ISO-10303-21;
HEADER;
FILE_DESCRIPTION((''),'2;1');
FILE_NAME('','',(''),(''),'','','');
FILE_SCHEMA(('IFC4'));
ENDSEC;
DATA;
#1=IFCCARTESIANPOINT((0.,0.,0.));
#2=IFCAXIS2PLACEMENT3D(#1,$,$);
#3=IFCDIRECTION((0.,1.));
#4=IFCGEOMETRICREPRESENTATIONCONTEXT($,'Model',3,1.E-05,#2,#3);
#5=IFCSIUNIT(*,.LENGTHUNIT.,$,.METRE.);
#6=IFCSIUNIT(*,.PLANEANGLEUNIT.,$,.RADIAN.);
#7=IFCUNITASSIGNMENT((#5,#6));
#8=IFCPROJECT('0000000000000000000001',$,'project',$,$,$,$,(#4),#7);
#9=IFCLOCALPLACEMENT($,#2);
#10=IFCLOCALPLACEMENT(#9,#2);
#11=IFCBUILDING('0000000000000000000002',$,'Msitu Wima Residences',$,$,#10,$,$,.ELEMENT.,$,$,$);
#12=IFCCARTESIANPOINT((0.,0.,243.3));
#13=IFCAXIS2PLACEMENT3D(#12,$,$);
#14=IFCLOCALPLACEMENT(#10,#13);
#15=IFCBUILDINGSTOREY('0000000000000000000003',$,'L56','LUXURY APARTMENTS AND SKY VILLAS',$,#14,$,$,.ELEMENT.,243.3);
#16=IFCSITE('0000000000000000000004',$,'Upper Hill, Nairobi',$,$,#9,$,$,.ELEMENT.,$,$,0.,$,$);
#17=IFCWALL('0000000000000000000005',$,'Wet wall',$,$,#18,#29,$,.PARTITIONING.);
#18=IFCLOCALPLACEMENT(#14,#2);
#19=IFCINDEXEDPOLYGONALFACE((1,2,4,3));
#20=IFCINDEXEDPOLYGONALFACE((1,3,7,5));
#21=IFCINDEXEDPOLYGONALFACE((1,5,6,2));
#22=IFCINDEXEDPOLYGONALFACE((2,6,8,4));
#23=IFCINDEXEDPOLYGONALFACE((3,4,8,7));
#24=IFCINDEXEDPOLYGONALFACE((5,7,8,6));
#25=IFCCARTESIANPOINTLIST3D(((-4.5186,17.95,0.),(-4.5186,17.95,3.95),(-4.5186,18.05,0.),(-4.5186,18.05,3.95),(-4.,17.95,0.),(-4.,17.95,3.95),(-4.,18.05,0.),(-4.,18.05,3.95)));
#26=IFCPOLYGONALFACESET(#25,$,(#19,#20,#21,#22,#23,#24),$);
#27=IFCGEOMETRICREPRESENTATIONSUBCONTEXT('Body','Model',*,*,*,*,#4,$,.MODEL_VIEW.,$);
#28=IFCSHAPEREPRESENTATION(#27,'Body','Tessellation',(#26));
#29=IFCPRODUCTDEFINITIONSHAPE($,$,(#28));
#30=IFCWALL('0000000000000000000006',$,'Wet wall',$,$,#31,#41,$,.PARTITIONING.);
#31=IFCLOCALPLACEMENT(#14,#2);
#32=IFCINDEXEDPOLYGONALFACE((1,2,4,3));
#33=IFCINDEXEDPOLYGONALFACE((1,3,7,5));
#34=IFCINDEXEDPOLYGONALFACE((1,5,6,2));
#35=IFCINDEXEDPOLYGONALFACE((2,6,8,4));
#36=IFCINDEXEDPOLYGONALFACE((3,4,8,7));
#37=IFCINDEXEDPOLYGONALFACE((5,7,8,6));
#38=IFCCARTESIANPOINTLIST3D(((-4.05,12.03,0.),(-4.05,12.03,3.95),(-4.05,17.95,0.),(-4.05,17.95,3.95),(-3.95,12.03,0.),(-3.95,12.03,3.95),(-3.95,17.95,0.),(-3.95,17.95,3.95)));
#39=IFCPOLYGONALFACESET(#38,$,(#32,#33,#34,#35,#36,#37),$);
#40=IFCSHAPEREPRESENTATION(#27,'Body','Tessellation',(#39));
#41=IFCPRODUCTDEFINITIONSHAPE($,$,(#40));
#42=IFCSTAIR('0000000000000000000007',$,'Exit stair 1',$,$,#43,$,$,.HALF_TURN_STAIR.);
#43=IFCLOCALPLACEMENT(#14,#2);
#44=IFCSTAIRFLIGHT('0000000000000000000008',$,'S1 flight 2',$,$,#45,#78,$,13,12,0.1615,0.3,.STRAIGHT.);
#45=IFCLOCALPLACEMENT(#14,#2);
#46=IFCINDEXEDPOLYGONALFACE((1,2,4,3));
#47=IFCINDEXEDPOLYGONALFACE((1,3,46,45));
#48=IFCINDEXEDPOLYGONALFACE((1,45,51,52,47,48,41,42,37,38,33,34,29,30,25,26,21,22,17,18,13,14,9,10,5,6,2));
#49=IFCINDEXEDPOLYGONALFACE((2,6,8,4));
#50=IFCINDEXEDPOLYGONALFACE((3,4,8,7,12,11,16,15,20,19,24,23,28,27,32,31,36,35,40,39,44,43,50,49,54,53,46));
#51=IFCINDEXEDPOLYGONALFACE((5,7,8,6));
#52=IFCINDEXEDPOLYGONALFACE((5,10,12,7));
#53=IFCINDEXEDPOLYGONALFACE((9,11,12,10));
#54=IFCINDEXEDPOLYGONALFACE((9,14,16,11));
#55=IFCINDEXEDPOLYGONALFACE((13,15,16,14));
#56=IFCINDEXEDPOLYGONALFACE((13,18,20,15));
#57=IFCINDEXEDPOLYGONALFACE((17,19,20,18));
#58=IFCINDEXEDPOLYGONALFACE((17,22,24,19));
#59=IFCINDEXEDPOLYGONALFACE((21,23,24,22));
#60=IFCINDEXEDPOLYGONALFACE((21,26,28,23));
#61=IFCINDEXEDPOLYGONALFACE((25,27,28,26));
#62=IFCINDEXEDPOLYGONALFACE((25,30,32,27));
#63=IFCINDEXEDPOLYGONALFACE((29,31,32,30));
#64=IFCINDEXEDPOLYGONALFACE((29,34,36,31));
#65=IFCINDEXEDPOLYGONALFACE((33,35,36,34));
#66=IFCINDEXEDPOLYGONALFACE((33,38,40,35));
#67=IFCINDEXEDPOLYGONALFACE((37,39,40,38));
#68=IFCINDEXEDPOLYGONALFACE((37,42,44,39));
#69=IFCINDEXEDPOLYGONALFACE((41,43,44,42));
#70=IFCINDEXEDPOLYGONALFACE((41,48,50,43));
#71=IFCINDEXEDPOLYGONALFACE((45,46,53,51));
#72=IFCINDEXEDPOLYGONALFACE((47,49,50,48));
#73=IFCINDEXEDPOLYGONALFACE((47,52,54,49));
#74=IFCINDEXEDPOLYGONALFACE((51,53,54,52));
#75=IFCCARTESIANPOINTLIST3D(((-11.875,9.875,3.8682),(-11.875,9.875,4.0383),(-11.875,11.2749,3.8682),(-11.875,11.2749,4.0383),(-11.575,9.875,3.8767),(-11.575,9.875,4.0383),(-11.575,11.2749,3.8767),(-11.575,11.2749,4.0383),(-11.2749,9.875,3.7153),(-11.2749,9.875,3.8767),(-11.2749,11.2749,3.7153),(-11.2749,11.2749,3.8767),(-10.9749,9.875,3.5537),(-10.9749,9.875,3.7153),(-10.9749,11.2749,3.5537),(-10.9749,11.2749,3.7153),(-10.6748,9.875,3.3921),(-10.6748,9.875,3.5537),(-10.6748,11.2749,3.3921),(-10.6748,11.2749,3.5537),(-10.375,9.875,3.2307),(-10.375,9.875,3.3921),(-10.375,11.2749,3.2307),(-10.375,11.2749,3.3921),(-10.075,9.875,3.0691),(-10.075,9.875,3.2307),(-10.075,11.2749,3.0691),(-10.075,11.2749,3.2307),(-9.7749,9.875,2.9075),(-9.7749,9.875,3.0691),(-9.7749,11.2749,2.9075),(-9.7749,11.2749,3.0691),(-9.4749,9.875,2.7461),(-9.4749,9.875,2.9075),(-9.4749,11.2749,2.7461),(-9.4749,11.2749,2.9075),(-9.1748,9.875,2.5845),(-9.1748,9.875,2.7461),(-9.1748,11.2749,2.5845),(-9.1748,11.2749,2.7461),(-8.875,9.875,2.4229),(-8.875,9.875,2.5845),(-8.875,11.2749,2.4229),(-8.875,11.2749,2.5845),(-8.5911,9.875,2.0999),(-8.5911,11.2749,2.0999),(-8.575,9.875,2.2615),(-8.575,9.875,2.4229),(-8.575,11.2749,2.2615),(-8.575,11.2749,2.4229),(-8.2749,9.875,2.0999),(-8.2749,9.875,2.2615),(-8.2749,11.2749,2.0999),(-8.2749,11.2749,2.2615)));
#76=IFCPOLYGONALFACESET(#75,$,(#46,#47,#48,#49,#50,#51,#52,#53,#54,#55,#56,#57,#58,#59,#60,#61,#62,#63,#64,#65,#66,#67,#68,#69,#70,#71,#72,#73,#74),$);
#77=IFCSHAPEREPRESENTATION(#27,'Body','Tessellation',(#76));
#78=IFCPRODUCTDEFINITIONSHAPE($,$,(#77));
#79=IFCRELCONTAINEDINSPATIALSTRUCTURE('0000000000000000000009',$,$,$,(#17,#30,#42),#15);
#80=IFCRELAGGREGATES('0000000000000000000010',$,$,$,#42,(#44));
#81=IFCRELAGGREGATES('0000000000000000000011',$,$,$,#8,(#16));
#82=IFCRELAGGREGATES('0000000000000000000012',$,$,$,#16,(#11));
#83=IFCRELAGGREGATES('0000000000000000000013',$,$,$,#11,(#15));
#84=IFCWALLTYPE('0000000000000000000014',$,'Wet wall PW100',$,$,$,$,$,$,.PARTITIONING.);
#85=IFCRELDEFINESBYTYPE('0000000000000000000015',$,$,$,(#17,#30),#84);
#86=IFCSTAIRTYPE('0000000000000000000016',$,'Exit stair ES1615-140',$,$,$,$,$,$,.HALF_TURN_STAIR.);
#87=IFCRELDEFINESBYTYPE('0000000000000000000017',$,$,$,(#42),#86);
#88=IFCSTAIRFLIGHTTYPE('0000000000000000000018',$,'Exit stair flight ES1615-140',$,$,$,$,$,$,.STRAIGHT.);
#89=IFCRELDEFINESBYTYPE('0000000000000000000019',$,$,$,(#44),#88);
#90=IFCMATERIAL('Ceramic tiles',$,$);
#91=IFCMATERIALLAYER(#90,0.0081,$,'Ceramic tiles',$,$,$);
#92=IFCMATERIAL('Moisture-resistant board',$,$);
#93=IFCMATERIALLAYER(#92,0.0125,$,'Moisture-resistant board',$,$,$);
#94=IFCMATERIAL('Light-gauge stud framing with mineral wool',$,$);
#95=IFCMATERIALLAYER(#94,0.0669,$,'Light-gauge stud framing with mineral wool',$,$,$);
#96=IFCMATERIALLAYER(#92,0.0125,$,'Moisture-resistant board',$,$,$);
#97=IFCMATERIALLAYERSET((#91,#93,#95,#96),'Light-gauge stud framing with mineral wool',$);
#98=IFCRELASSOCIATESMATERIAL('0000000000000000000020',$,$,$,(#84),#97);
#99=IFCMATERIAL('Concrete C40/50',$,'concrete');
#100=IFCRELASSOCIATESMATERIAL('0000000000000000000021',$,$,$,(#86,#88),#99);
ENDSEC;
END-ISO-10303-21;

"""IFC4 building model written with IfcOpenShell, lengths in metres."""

from ifc_helpers import new_model, si_unit, direction, frame, frame_2d, origin, place, context, subcontext, project, spatial, polyline, rectangle, outline, extrude, material, layer, layer_set, type_object, element, aggregate, save


model = new_model("IFC4")

# Units and contexts
model_context = context("Model", 3, precision=1e-05, world=origin(), true_north=direction((0.0, 1.0)))
body_context = subcontext(model_context, "Body", "Model", "MODEL_VIEW")
ifc_project = project(units=[si_unit("LENGTHUNIT", "METRE"), si_unit("PLANEANGLEUNIT", "RADIAN")], contexts=[model_context])

# Site, building, storey
site_placement = place(None, origin())
site = spatial("IfcSite", under=ifc_project, at=site_placement, Name="Upper Hill, Nairobi", CompositionType="ELEMENT", RefElevation=0.0)
building_placement = place(site_placement, origin())
building = spatial("IfcBuilding", under=site, at=building_placement, Name="Msitu Wima Residences", CompositionType="ELEMENT")
storey_placement = place(building_placement, frame((0.0, 0.0, 243.3)))
storey = spatial("IfcBuildingStorey", under=building, at=storey_placement, Name="L56", Description="LUXURY APARTMENTS AND SKY VILLAS", CompositionType="ELEMENT", Elevation=243.3)

# Shared definitions
ifc_material_1 = material(Name="Concrete C40/50", Category="concrete")

# Shared definitions
ifc_material_2 = material(Name="Ceramic tiles")
ifc_layer_1 = layer(ifc_material_2, 0.0081, Name="Ceramic tiles")
ifc_material_3 = material(Name="Moisture-resistant board")
ifc_layer_2 = layer(ifc_material_3, 0.0125, Name="Moisture-resistant board")
ifc_material_4 = material(Name="Light-gauge stud framing with mineral wool")
ifc_layer_3 = layer(ifc_material_4, 0.0669, Name="Light-gauge stud framing with mineral wool")
ifc_layer_4 = layer(ifc_material_3, 0.0125, Name="Moisture-resistant board")
ifc_layer_set_1 = layer_set([ifc_layer_1, ifc_layer_2, ifc_layer_3, ifc_layer_4], Name="Light-gauge stud framing with mineral wool")
wall_type_1 = type_object("IfcWallType", Name="Wet wall PW100", PredefinedType="PARTITIONING", material=ifc_layer_set_1)

# Walls
wall_1_placement = place(storey_placement, frame((-4.5186, 18.0, 0.0), z_axis=(0.0, 0.0, 1.0), x_axis=(1.0, 0.0, 0.0)))
element("IfcWall", 1, at=wall_1_placement, inside=storey, type_object=wall_type_1, Name="Wet wall", PredefinedType="PARTITIONING", context=body_context, shape_type="SweptSolid", body=[
    extrude(rectangle(XDim=0.5186, YDim=0.1001, at=frame_2d((0.2593, 0.0))), origin(), (0.0, 0.0, 1.0), 3.95),
])
wall_2_placement = place(storey_placement, frame((-4.0, 12.03, 0.0), z_axis=(0.0, 0.0, 1.0), x_axis=(0.0, 1.0, 0.0)))
element("IfcWall", 2, at=wall_2_placement, inside=storey, type_object=wall_type_1, Name="Wet wall", PredefinedType="PARTITIONING", context=body_context, shape_type="SweptSolid", body=[
    extrude(rectangle(XDim=5.9199, YDim=0.1001, at=frame_2d((2.96, 0.0))), origin(), (0.0, 0.0, 1.0), 3.95),
])

# Stair, stair flight
stair_type = type_object("IfcStairType", Name="Exit stair ES1615-140", PredefinedType="HALF_TURN_STAIR", material=ifc_material_1)
stair_placement = place(storey_placement, origin())
stair = element("IfcStair", 3, at=stair_placement, inside=storey, type_object=stair_type, Name="Exit stair 1", PredefinedType="HALF_TURN_STAIR")
stair_flight_type = type_object("IfcStairFlightType", Name="Exit stair flight ES1615-140", PredefinedType="STRAIGHT", material=ifc_material_1)
stair_flight_placement = place(storey_placement, frame((-8.2749, 10.575, 2.0999), z_axis=(0.0, 0.0, 1.0), x_axis=(-1.0, 0.0, 0.0)))
stair_flight = element("IfcStairFlight", 4, at=stair_flight_placement, type_object=stair_flight_type, Name="S1 flight 2", NumberOfRisers=13, NumberOfTreads=12, PredefinedType="STRAIGHT", RiserHeight=0.1615, TreadLength=0.3, context=body_context, shape_type="SweptSolid", body=[
    extrude(outline(polyline([(0.0, 0.0), (0.0, 0.1616), (0.3, 0.1616), (0.3, 0.323), (0.6001, 0.323), (0.6001, 0.4846), (0.8999, 0.4846), (0.8999, 0.6462), (1.2, 0.6462), (1.2, 0.8076), (1.5, 0.8076), (1.5, 0.9692), (1.8, 0.9692), (1.8, 1.1309), (2.1001, 1.1309), (2.1001, 1.2922), (2.3999, 1.2922), (2.3999, 1.4539), (2.7, 1.4539), (2.7, 1.6155), (3.0, 1.6155), (3.0, 1.7769), (3.3, 1.7769), (3.3, 1.9385), (3.6001, 1.9385), (3.6001, 2.1001), (3.6001, 1.7683), (0.3162, 0.0), (0.0, 0.0)])), frame((0.0, 0.7, 0.0), z_axis=(0.0, -1.0, 0.0), x_axis=(1.0, 0.0, 0.0)), (0.0, 0.0, 1.0), 1.3999),
])
aggregate(stair, [stair_flight])

save(model, "model.ifc")
